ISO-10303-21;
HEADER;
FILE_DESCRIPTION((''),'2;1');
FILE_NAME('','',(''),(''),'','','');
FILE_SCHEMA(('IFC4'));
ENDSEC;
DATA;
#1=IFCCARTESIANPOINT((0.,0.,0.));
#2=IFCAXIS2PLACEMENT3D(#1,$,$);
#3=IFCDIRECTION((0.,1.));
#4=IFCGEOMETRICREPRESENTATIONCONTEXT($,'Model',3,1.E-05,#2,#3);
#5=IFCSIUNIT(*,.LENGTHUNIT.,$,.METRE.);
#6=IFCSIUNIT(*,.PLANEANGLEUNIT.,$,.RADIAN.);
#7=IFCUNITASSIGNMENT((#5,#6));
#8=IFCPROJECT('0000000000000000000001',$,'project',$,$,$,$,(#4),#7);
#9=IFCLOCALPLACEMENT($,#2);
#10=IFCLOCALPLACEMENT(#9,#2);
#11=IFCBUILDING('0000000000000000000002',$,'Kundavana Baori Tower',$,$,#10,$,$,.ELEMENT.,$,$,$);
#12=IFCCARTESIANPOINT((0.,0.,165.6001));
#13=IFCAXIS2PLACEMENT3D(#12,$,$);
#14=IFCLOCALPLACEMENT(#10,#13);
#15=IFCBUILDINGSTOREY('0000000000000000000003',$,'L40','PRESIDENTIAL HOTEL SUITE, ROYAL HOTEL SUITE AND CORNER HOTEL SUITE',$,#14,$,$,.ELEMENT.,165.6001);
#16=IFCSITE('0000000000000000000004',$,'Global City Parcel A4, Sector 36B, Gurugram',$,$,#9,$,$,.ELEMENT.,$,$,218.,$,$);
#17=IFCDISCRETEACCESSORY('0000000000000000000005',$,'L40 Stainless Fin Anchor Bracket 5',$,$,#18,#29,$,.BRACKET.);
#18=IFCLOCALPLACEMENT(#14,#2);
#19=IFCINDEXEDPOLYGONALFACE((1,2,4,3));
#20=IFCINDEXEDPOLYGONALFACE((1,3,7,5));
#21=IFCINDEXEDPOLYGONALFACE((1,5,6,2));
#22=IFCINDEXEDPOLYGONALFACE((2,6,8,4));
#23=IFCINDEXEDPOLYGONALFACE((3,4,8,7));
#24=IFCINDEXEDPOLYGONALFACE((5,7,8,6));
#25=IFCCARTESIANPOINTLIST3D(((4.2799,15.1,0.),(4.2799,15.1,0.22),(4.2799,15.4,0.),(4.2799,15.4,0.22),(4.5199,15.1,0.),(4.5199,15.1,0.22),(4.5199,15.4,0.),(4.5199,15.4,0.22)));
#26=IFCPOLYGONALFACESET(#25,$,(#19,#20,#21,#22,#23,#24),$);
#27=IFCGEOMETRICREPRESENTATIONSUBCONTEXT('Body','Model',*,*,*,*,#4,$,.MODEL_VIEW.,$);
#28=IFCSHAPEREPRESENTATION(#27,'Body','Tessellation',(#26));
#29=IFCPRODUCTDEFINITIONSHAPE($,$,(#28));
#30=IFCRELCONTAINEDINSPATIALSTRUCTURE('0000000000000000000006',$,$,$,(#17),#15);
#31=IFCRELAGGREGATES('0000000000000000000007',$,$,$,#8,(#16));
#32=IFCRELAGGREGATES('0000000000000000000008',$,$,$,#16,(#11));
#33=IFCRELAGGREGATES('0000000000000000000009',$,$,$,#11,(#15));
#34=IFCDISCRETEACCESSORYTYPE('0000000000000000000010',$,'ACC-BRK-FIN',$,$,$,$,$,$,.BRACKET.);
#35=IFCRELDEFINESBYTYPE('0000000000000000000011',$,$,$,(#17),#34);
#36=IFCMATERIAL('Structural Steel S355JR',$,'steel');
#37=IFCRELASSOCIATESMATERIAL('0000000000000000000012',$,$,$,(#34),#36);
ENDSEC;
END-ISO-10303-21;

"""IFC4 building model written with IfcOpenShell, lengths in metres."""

from ifc_helpers import new_model, si_unit, direction, frame, origin, origin_2d, place, context, subcontext, project, spatial, rectangle, extrude, material, type_object, element, save


model = new_model("IFC4")

# Units and contexts
model_context = context("Model", 3, precision=1e-05, world=origin(), true_north=direction((0.0, 1.0)))
body_context = subcontext(model_context, "Body", "Model", "MODEL_VIEW")
ifc_project = project(units=[si_unit("LENGTHUNIT", "METRE"), si_unit("PLANEANGLEUNIT", "RADIAN")], contexts=[model_context])

# Site, building, storey
site_placement = place(None, origin())
site = spatial("IfcSite", under=ifc_project, at=site_placement, Name="Global City Parcel A4, Sector 36B, Gurugram", CompositionType="ELEMENT", RefElevation=218.0)
building_placement = place(site_placement, origin())
building = spatial("IfcBuilding", under=site, at=building_placement, Name="Kundavana Baori Tower", CompositionType="ELEMENT")
storey_placement = place(building_placement, frame((0.0, 0.0, 165.6001)))
storey = spatial("IfcBuildingStorey", under=building, at=storey_placement, Name="L40", Description="PRESIDENTIAL HOTEL SUITE, ROYAL HOTEL SUITE AND CORNER HOTEL SUITE", CompositionType="ELEMENT", Elevation=165.6001)

# Discrete accessory
ifc_material_1 = material(Name="Structural Steel S355JR", Category="steel")
discrete_accessory_type = type_object("IfcDiscreteAccessoryType", Name="ACC-BRK-FIN", PredefinedType="BRACKET", material=ifc_material_1)
discrete_accessory_placement = place(storey_placement, frame((4.3999, 15.25, 0.0), z_axis=(0.0, 0.0, 1.0), x_axis=(1.0, 0.0, 0.0)))
element("IfcDiscreteAccessory", 1, at=discrete_accessory_placement, inside=storey, type_object=discrete_accessory_type, Name="L40 Stainless Fin Anchor Bracket 5", PredefinedType="BRACKET", context=body_context, shape_type="SweptSolid", body=[
    extrude(rectangle(XDim=0.24, YDim=0.3, at=origin_2d()), origin(), (0.0, 0.0, 1.0), 0.22),
])

save(model, "model.ifc")
